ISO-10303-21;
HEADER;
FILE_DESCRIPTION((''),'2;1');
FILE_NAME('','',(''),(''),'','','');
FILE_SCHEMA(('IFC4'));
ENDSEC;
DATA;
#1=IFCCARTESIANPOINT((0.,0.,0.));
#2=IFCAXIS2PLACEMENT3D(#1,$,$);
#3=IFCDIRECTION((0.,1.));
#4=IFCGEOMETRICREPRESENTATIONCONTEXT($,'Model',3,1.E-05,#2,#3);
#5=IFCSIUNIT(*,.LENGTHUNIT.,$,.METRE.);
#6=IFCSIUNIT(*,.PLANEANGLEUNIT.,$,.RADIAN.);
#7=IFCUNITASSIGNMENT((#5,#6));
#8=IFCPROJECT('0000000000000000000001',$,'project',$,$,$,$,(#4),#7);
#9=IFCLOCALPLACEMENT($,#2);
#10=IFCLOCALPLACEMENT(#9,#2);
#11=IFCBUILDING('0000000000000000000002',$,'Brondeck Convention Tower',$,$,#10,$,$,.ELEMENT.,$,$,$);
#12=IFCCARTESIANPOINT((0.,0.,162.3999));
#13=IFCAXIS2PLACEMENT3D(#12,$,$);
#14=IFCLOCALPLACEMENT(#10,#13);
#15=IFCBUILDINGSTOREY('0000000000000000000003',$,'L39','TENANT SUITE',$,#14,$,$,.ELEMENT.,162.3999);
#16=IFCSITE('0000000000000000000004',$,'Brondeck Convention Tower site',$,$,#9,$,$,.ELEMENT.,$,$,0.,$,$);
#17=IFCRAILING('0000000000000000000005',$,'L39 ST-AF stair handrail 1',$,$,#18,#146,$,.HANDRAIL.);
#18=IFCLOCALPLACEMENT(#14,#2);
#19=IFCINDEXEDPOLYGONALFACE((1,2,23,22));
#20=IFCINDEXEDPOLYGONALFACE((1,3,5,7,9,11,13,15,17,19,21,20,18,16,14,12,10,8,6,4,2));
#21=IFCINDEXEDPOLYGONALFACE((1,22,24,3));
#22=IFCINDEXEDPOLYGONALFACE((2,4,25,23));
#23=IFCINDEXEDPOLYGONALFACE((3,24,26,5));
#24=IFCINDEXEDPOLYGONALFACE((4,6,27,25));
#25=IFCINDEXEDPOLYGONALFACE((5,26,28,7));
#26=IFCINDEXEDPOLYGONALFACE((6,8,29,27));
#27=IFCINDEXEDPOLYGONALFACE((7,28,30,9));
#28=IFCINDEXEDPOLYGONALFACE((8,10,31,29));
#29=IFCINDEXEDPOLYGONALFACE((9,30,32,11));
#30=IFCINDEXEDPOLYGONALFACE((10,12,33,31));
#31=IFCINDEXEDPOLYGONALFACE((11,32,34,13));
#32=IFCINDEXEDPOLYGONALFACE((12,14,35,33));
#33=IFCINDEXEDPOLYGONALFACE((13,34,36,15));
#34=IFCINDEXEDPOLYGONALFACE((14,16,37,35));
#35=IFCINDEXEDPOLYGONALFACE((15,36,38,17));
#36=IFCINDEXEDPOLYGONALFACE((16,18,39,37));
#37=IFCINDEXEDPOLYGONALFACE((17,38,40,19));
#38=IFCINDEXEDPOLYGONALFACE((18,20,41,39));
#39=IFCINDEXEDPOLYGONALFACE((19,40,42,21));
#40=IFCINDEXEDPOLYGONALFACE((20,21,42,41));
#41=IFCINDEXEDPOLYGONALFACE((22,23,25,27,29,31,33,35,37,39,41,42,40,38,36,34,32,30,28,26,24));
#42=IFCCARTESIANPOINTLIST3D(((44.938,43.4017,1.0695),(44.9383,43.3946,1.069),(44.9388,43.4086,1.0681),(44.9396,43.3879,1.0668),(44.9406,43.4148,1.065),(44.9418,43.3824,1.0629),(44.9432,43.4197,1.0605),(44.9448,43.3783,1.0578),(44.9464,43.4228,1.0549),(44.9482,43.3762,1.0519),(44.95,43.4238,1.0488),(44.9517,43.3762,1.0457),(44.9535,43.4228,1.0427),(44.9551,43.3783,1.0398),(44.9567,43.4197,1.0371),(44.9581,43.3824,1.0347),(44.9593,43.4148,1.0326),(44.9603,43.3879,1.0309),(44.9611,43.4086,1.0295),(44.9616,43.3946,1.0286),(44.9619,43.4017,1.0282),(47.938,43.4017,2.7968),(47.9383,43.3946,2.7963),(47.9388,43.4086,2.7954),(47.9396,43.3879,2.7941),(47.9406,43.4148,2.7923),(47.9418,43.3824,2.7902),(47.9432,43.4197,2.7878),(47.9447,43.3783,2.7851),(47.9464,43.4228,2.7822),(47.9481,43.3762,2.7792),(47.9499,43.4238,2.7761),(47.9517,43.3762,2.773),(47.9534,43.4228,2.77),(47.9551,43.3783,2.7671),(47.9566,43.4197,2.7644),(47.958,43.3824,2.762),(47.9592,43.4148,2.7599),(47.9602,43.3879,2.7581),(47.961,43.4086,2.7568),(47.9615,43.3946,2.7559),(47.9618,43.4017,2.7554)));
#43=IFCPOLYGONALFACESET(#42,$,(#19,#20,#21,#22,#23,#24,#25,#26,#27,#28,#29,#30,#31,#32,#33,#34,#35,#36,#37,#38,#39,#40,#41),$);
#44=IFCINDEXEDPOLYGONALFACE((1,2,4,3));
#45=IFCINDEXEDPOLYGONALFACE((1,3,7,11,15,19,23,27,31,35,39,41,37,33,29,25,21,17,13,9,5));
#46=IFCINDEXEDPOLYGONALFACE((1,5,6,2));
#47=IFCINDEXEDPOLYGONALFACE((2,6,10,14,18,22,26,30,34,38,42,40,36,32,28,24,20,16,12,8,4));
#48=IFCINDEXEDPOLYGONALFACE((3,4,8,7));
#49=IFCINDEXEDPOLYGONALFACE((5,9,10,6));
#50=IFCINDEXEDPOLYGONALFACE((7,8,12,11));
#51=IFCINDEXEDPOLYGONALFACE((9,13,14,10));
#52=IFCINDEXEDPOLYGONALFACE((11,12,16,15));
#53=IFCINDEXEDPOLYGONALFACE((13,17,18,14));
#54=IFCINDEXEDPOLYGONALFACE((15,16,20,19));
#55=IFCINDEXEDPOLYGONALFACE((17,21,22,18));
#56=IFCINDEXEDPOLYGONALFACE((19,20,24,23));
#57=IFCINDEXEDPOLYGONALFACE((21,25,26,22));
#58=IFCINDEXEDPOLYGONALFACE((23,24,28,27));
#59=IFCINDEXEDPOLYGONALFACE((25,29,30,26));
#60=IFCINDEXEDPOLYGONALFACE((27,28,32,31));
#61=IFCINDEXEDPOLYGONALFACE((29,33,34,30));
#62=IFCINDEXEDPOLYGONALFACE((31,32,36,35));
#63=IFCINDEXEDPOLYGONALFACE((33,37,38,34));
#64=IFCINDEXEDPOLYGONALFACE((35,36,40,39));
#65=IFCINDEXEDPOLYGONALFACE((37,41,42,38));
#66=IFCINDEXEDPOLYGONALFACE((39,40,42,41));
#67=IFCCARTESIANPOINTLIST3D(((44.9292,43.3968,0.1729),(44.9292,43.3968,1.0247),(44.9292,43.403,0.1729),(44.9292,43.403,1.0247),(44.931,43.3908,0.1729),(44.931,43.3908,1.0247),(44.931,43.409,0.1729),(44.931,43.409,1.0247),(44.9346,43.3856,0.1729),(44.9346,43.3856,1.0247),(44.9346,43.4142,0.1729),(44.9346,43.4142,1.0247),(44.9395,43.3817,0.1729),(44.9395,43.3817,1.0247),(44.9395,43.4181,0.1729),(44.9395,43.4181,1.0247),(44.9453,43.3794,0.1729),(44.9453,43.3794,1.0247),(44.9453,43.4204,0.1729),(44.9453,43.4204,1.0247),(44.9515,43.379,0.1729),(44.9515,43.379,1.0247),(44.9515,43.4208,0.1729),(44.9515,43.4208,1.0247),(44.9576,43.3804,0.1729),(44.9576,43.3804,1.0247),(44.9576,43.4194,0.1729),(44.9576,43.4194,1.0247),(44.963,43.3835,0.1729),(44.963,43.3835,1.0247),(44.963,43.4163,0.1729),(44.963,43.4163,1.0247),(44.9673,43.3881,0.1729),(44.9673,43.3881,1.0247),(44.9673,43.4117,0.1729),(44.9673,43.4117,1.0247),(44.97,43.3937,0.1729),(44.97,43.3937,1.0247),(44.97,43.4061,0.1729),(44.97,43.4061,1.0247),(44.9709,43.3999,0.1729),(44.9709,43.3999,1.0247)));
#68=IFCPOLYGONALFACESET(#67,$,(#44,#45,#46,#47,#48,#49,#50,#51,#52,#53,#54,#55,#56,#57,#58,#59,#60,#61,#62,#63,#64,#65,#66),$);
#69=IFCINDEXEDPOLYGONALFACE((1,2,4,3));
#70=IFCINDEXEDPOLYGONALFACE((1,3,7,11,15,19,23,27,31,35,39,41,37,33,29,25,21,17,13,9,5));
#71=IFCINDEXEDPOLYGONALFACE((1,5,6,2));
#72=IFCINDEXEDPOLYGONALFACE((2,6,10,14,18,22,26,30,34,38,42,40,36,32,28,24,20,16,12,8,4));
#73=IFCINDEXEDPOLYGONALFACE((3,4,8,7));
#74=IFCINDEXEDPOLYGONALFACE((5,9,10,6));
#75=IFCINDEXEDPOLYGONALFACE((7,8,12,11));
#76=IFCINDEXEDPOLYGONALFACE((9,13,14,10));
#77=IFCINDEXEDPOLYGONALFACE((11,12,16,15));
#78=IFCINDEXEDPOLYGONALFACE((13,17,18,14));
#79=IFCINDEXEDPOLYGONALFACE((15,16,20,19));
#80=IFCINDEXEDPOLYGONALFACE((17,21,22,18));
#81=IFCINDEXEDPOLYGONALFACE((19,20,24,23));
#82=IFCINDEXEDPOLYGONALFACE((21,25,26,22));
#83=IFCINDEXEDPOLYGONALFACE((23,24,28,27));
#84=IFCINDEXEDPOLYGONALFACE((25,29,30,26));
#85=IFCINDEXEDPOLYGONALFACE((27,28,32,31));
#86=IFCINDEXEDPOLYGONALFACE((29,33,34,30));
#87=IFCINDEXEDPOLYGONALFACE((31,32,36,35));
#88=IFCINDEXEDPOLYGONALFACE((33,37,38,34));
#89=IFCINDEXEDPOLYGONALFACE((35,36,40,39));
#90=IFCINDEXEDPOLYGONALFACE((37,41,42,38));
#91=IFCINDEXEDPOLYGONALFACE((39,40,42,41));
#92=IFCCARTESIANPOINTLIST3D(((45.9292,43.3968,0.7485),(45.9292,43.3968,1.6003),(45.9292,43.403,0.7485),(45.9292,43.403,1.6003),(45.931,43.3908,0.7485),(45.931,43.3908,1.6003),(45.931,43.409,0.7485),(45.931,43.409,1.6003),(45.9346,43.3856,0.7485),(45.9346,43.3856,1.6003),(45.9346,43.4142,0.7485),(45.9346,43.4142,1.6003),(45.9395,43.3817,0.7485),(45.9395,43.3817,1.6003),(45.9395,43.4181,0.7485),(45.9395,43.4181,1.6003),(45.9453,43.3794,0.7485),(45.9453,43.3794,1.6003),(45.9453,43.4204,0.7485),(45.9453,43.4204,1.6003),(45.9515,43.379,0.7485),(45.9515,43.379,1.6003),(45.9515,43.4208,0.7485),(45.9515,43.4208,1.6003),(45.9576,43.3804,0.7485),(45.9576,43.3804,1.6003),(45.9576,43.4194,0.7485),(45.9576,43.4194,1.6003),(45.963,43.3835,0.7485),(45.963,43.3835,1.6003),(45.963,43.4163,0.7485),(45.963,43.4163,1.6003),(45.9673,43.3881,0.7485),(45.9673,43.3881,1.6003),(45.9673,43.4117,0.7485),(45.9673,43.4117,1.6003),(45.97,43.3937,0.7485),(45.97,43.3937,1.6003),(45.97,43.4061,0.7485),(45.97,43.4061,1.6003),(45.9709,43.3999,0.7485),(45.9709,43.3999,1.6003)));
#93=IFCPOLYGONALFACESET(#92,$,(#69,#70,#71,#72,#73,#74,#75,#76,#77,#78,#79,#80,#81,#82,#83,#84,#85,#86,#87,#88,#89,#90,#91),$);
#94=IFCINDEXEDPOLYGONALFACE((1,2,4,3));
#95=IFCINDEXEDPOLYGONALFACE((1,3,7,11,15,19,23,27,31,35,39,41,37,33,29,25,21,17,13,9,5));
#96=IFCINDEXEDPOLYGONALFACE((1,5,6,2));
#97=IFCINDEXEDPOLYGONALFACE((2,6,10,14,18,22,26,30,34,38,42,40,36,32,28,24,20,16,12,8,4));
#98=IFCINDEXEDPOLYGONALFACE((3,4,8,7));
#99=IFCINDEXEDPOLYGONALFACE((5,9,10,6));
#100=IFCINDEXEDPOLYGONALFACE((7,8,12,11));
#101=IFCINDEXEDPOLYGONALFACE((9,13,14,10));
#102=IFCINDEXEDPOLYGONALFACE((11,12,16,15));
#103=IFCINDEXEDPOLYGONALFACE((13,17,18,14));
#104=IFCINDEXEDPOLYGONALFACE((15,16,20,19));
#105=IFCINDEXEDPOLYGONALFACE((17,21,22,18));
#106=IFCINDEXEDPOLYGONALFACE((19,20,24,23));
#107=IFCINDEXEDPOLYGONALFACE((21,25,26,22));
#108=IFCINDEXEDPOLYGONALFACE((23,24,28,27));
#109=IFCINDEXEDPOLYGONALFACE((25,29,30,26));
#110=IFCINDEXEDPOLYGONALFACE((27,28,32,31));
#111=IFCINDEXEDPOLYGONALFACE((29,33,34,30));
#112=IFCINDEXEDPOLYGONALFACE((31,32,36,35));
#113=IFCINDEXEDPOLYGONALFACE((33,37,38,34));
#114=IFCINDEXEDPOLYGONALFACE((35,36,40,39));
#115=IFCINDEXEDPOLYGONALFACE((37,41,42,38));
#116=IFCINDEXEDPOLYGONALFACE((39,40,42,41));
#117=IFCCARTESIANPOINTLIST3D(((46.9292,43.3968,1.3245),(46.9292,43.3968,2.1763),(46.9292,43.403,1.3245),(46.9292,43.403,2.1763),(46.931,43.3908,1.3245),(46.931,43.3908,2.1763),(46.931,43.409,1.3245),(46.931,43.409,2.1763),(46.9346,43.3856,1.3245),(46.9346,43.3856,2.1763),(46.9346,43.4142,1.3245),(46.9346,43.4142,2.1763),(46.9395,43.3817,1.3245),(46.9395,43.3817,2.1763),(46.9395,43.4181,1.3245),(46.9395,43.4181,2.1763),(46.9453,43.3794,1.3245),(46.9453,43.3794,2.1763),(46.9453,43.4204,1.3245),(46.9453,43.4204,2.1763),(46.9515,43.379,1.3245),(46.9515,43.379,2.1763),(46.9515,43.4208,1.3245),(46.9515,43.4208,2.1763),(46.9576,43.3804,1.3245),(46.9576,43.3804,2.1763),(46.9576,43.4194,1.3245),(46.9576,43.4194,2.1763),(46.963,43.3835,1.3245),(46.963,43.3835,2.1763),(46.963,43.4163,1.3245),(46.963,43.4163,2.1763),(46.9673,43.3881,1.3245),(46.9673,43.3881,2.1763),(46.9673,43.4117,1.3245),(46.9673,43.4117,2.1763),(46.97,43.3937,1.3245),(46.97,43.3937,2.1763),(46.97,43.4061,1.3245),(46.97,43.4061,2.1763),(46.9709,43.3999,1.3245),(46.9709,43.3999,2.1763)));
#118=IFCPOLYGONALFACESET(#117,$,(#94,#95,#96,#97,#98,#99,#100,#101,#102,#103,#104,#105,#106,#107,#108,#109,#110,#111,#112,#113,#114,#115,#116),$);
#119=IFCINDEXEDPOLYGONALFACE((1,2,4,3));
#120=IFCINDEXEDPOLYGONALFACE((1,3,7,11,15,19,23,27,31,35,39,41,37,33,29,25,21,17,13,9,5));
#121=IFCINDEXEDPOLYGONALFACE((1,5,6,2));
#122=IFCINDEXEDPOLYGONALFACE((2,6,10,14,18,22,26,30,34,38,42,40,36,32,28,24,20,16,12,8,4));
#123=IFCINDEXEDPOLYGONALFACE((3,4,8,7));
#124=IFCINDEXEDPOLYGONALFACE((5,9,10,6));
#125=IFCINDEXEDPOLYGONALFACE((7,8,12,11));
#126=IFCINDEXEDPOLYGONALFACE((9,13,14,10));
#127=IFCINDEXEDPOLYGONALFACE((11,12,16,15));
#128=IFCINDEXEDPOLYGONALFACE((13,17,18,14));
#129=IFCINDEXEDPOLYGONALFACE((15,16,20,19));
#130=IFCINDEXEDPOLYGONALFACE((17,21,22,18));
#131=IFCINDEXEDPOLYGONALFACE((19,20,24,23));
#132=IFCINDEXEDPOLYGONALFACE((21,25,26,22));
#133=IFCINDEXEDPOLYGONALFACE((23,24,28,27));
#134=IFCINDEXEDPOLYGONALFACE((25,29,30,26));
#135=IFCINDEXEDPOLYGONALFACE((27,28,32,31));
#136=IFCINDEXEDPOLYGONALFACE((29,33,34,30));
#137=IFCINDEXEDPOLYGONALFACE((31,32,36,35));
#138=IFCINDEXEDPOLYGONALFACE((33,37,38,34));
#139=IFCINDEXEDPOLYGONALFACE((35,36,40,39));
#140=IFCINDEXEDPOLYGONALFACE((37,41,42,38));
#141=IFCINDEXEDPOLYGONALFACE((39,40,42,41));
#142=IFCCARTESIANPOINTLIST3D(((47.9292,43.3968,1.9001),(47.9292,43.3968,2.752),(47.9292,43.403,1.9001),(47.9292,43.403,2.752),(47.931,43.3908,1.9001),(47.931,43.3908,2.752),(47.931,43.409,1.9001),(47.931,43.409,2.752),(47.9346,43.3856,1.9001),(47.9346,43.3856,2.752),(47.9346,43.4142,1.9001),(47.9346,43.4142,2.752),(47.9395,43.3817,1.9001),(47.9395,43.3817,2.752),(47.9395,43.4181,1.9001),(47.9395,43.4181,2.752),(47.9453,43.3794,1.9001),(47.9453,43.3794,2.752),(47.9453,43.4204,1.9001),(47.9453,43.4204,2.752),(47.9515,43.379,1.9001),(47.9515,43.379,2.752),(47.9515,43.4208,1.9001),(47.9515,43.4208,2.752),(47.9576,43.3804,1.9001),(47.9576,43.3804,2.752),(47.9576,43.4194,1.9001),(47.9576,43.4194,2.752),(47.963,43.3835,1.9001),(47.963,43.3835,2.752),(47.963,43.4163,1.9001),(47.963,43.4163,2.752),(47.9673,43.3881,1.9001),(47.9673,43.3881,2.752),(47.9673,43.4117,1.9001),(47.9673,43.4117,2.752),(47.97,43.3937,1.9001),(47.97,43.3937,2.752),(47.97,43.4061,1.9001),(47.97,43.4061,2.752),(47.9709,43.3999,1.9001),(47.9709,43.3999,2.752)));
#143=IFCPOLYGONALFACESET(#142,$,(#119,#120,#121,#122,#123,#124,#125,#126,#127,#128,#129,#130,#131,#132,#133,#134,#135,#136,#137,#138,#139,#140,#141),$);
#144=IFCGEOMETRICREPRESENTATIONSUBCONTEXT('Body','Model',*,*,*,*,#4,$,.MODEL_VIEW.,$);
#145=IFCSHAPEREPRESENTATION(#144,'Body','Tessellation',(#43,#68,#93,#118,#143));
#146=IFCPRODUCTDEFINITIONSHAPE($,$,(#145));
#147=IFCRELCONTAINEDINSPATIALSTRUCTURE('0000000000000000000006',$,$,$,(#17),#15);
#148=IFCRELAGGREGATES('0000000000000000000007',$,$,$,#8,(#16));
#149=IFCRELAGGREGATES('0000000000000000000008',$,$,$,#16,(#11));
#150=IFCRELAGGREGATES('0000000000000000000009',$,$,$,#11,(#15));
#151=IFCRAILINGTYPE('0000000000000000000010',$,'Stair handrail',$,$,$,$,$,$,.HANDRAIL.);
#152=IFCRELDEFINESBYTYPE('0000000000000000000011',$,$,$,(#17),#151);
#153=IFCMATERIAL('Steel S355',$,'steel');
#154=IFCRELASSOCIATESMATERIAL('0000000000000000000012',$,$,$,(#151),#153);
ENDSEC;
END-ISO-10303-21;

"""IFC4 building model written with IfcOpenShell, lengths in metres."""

from ifc_helpers import new_model, si_unit, direction, frame, origin, origin_2d, place, context, subcontext, project, spatial, circle, extrude, material, type_object, element, save


model = new_model("IFC4")

# Units and contexts
model_context = context("Model", 3, precision=1e-05, world=origin(), true_north=direction((0.0, 1.0)))
body_context = subcontext(model_context, "Body", "Model", "MODEL_VIEW")
ifc_project = project(units=[si_unit("LENGTHUNIT", "METRE"), si_unit("PLANEANGLEUNIT", "RADIAN")], contexts=[model_context])

# Site, building, storey
site_placement = place(None, origin())
site = spatial("IfcSite", under=ifc_project, at=site_placement, Name="Brondeck Convention Tower site", CompositionType="ELEMENT", RefElevation=0.0)
building_placement = place(site_placement, origin())
building = spatial("IfcBuilding", under=site, at=building_placement, Name="Brondeck Convention Tower", CompositionType="ELEMENT")
storey_placement = place(building_placement, frame((0.0, 0.0, 162.3999)))
storey = spatial("IfcBuildingStorey", under=building, at=storey_placement, Name="L39", Description="TENANT SUITE", CompositionType="ELEMENT", Elevation=162.3999)

# Shared definitions
ifc_material_1 = material(Name="Steel S355", Category="steel")

# Railing
railing_type_1 = type_object("IfcRailingType", Name="Stair handrail", PredefinedType="HANDRAIL", material=ifc_material_1)
railing_1_placement = place(storey_placement, frame((44.95, 43.3999, 0.1729)))
element("IfcRailing", 1, at=railing_1_placement, inside=storey, type_object=railing_type_1, Name="L39 ST-AF stair handrail 1", PredefinedType="HANDRAIL", context=body_context, shape_type="SweptSolid", body=[
    extrude(circle(Radius=0.0239, at=origin_2d()), frame((0.0, 0.0, 0.876), z_axis=(0.86662, 0.0, 0.498969), x_axis=(0.0, 1.0, 0.0)), (0.0, 0.0, 1.0), 3.4617),
    extrude(circle(Radius=0.021, at=origin_2d()), origin(), (0.0, 0.0, 1.0), 0.8518),
    extrude(circle(Radius=0.021, at=origin_2d()), frame((1.0, 0.0, 0.5757)), (0.0, 0.0, 1.0), 0.8518),
    extrude(circle(Radius=0.021, at=origin_2d()), frame((2.0, 0.0, 1.1516)), (0.0, 0.0, 1.0), 0.8518),
    extrude(circle(Radius=0.021, at=origin_2d()), frame((3.0, 0.0, 1.7273)), (0.0, 0.0, 1.0), 0.8518),
])

save(model, "model.ifc")
